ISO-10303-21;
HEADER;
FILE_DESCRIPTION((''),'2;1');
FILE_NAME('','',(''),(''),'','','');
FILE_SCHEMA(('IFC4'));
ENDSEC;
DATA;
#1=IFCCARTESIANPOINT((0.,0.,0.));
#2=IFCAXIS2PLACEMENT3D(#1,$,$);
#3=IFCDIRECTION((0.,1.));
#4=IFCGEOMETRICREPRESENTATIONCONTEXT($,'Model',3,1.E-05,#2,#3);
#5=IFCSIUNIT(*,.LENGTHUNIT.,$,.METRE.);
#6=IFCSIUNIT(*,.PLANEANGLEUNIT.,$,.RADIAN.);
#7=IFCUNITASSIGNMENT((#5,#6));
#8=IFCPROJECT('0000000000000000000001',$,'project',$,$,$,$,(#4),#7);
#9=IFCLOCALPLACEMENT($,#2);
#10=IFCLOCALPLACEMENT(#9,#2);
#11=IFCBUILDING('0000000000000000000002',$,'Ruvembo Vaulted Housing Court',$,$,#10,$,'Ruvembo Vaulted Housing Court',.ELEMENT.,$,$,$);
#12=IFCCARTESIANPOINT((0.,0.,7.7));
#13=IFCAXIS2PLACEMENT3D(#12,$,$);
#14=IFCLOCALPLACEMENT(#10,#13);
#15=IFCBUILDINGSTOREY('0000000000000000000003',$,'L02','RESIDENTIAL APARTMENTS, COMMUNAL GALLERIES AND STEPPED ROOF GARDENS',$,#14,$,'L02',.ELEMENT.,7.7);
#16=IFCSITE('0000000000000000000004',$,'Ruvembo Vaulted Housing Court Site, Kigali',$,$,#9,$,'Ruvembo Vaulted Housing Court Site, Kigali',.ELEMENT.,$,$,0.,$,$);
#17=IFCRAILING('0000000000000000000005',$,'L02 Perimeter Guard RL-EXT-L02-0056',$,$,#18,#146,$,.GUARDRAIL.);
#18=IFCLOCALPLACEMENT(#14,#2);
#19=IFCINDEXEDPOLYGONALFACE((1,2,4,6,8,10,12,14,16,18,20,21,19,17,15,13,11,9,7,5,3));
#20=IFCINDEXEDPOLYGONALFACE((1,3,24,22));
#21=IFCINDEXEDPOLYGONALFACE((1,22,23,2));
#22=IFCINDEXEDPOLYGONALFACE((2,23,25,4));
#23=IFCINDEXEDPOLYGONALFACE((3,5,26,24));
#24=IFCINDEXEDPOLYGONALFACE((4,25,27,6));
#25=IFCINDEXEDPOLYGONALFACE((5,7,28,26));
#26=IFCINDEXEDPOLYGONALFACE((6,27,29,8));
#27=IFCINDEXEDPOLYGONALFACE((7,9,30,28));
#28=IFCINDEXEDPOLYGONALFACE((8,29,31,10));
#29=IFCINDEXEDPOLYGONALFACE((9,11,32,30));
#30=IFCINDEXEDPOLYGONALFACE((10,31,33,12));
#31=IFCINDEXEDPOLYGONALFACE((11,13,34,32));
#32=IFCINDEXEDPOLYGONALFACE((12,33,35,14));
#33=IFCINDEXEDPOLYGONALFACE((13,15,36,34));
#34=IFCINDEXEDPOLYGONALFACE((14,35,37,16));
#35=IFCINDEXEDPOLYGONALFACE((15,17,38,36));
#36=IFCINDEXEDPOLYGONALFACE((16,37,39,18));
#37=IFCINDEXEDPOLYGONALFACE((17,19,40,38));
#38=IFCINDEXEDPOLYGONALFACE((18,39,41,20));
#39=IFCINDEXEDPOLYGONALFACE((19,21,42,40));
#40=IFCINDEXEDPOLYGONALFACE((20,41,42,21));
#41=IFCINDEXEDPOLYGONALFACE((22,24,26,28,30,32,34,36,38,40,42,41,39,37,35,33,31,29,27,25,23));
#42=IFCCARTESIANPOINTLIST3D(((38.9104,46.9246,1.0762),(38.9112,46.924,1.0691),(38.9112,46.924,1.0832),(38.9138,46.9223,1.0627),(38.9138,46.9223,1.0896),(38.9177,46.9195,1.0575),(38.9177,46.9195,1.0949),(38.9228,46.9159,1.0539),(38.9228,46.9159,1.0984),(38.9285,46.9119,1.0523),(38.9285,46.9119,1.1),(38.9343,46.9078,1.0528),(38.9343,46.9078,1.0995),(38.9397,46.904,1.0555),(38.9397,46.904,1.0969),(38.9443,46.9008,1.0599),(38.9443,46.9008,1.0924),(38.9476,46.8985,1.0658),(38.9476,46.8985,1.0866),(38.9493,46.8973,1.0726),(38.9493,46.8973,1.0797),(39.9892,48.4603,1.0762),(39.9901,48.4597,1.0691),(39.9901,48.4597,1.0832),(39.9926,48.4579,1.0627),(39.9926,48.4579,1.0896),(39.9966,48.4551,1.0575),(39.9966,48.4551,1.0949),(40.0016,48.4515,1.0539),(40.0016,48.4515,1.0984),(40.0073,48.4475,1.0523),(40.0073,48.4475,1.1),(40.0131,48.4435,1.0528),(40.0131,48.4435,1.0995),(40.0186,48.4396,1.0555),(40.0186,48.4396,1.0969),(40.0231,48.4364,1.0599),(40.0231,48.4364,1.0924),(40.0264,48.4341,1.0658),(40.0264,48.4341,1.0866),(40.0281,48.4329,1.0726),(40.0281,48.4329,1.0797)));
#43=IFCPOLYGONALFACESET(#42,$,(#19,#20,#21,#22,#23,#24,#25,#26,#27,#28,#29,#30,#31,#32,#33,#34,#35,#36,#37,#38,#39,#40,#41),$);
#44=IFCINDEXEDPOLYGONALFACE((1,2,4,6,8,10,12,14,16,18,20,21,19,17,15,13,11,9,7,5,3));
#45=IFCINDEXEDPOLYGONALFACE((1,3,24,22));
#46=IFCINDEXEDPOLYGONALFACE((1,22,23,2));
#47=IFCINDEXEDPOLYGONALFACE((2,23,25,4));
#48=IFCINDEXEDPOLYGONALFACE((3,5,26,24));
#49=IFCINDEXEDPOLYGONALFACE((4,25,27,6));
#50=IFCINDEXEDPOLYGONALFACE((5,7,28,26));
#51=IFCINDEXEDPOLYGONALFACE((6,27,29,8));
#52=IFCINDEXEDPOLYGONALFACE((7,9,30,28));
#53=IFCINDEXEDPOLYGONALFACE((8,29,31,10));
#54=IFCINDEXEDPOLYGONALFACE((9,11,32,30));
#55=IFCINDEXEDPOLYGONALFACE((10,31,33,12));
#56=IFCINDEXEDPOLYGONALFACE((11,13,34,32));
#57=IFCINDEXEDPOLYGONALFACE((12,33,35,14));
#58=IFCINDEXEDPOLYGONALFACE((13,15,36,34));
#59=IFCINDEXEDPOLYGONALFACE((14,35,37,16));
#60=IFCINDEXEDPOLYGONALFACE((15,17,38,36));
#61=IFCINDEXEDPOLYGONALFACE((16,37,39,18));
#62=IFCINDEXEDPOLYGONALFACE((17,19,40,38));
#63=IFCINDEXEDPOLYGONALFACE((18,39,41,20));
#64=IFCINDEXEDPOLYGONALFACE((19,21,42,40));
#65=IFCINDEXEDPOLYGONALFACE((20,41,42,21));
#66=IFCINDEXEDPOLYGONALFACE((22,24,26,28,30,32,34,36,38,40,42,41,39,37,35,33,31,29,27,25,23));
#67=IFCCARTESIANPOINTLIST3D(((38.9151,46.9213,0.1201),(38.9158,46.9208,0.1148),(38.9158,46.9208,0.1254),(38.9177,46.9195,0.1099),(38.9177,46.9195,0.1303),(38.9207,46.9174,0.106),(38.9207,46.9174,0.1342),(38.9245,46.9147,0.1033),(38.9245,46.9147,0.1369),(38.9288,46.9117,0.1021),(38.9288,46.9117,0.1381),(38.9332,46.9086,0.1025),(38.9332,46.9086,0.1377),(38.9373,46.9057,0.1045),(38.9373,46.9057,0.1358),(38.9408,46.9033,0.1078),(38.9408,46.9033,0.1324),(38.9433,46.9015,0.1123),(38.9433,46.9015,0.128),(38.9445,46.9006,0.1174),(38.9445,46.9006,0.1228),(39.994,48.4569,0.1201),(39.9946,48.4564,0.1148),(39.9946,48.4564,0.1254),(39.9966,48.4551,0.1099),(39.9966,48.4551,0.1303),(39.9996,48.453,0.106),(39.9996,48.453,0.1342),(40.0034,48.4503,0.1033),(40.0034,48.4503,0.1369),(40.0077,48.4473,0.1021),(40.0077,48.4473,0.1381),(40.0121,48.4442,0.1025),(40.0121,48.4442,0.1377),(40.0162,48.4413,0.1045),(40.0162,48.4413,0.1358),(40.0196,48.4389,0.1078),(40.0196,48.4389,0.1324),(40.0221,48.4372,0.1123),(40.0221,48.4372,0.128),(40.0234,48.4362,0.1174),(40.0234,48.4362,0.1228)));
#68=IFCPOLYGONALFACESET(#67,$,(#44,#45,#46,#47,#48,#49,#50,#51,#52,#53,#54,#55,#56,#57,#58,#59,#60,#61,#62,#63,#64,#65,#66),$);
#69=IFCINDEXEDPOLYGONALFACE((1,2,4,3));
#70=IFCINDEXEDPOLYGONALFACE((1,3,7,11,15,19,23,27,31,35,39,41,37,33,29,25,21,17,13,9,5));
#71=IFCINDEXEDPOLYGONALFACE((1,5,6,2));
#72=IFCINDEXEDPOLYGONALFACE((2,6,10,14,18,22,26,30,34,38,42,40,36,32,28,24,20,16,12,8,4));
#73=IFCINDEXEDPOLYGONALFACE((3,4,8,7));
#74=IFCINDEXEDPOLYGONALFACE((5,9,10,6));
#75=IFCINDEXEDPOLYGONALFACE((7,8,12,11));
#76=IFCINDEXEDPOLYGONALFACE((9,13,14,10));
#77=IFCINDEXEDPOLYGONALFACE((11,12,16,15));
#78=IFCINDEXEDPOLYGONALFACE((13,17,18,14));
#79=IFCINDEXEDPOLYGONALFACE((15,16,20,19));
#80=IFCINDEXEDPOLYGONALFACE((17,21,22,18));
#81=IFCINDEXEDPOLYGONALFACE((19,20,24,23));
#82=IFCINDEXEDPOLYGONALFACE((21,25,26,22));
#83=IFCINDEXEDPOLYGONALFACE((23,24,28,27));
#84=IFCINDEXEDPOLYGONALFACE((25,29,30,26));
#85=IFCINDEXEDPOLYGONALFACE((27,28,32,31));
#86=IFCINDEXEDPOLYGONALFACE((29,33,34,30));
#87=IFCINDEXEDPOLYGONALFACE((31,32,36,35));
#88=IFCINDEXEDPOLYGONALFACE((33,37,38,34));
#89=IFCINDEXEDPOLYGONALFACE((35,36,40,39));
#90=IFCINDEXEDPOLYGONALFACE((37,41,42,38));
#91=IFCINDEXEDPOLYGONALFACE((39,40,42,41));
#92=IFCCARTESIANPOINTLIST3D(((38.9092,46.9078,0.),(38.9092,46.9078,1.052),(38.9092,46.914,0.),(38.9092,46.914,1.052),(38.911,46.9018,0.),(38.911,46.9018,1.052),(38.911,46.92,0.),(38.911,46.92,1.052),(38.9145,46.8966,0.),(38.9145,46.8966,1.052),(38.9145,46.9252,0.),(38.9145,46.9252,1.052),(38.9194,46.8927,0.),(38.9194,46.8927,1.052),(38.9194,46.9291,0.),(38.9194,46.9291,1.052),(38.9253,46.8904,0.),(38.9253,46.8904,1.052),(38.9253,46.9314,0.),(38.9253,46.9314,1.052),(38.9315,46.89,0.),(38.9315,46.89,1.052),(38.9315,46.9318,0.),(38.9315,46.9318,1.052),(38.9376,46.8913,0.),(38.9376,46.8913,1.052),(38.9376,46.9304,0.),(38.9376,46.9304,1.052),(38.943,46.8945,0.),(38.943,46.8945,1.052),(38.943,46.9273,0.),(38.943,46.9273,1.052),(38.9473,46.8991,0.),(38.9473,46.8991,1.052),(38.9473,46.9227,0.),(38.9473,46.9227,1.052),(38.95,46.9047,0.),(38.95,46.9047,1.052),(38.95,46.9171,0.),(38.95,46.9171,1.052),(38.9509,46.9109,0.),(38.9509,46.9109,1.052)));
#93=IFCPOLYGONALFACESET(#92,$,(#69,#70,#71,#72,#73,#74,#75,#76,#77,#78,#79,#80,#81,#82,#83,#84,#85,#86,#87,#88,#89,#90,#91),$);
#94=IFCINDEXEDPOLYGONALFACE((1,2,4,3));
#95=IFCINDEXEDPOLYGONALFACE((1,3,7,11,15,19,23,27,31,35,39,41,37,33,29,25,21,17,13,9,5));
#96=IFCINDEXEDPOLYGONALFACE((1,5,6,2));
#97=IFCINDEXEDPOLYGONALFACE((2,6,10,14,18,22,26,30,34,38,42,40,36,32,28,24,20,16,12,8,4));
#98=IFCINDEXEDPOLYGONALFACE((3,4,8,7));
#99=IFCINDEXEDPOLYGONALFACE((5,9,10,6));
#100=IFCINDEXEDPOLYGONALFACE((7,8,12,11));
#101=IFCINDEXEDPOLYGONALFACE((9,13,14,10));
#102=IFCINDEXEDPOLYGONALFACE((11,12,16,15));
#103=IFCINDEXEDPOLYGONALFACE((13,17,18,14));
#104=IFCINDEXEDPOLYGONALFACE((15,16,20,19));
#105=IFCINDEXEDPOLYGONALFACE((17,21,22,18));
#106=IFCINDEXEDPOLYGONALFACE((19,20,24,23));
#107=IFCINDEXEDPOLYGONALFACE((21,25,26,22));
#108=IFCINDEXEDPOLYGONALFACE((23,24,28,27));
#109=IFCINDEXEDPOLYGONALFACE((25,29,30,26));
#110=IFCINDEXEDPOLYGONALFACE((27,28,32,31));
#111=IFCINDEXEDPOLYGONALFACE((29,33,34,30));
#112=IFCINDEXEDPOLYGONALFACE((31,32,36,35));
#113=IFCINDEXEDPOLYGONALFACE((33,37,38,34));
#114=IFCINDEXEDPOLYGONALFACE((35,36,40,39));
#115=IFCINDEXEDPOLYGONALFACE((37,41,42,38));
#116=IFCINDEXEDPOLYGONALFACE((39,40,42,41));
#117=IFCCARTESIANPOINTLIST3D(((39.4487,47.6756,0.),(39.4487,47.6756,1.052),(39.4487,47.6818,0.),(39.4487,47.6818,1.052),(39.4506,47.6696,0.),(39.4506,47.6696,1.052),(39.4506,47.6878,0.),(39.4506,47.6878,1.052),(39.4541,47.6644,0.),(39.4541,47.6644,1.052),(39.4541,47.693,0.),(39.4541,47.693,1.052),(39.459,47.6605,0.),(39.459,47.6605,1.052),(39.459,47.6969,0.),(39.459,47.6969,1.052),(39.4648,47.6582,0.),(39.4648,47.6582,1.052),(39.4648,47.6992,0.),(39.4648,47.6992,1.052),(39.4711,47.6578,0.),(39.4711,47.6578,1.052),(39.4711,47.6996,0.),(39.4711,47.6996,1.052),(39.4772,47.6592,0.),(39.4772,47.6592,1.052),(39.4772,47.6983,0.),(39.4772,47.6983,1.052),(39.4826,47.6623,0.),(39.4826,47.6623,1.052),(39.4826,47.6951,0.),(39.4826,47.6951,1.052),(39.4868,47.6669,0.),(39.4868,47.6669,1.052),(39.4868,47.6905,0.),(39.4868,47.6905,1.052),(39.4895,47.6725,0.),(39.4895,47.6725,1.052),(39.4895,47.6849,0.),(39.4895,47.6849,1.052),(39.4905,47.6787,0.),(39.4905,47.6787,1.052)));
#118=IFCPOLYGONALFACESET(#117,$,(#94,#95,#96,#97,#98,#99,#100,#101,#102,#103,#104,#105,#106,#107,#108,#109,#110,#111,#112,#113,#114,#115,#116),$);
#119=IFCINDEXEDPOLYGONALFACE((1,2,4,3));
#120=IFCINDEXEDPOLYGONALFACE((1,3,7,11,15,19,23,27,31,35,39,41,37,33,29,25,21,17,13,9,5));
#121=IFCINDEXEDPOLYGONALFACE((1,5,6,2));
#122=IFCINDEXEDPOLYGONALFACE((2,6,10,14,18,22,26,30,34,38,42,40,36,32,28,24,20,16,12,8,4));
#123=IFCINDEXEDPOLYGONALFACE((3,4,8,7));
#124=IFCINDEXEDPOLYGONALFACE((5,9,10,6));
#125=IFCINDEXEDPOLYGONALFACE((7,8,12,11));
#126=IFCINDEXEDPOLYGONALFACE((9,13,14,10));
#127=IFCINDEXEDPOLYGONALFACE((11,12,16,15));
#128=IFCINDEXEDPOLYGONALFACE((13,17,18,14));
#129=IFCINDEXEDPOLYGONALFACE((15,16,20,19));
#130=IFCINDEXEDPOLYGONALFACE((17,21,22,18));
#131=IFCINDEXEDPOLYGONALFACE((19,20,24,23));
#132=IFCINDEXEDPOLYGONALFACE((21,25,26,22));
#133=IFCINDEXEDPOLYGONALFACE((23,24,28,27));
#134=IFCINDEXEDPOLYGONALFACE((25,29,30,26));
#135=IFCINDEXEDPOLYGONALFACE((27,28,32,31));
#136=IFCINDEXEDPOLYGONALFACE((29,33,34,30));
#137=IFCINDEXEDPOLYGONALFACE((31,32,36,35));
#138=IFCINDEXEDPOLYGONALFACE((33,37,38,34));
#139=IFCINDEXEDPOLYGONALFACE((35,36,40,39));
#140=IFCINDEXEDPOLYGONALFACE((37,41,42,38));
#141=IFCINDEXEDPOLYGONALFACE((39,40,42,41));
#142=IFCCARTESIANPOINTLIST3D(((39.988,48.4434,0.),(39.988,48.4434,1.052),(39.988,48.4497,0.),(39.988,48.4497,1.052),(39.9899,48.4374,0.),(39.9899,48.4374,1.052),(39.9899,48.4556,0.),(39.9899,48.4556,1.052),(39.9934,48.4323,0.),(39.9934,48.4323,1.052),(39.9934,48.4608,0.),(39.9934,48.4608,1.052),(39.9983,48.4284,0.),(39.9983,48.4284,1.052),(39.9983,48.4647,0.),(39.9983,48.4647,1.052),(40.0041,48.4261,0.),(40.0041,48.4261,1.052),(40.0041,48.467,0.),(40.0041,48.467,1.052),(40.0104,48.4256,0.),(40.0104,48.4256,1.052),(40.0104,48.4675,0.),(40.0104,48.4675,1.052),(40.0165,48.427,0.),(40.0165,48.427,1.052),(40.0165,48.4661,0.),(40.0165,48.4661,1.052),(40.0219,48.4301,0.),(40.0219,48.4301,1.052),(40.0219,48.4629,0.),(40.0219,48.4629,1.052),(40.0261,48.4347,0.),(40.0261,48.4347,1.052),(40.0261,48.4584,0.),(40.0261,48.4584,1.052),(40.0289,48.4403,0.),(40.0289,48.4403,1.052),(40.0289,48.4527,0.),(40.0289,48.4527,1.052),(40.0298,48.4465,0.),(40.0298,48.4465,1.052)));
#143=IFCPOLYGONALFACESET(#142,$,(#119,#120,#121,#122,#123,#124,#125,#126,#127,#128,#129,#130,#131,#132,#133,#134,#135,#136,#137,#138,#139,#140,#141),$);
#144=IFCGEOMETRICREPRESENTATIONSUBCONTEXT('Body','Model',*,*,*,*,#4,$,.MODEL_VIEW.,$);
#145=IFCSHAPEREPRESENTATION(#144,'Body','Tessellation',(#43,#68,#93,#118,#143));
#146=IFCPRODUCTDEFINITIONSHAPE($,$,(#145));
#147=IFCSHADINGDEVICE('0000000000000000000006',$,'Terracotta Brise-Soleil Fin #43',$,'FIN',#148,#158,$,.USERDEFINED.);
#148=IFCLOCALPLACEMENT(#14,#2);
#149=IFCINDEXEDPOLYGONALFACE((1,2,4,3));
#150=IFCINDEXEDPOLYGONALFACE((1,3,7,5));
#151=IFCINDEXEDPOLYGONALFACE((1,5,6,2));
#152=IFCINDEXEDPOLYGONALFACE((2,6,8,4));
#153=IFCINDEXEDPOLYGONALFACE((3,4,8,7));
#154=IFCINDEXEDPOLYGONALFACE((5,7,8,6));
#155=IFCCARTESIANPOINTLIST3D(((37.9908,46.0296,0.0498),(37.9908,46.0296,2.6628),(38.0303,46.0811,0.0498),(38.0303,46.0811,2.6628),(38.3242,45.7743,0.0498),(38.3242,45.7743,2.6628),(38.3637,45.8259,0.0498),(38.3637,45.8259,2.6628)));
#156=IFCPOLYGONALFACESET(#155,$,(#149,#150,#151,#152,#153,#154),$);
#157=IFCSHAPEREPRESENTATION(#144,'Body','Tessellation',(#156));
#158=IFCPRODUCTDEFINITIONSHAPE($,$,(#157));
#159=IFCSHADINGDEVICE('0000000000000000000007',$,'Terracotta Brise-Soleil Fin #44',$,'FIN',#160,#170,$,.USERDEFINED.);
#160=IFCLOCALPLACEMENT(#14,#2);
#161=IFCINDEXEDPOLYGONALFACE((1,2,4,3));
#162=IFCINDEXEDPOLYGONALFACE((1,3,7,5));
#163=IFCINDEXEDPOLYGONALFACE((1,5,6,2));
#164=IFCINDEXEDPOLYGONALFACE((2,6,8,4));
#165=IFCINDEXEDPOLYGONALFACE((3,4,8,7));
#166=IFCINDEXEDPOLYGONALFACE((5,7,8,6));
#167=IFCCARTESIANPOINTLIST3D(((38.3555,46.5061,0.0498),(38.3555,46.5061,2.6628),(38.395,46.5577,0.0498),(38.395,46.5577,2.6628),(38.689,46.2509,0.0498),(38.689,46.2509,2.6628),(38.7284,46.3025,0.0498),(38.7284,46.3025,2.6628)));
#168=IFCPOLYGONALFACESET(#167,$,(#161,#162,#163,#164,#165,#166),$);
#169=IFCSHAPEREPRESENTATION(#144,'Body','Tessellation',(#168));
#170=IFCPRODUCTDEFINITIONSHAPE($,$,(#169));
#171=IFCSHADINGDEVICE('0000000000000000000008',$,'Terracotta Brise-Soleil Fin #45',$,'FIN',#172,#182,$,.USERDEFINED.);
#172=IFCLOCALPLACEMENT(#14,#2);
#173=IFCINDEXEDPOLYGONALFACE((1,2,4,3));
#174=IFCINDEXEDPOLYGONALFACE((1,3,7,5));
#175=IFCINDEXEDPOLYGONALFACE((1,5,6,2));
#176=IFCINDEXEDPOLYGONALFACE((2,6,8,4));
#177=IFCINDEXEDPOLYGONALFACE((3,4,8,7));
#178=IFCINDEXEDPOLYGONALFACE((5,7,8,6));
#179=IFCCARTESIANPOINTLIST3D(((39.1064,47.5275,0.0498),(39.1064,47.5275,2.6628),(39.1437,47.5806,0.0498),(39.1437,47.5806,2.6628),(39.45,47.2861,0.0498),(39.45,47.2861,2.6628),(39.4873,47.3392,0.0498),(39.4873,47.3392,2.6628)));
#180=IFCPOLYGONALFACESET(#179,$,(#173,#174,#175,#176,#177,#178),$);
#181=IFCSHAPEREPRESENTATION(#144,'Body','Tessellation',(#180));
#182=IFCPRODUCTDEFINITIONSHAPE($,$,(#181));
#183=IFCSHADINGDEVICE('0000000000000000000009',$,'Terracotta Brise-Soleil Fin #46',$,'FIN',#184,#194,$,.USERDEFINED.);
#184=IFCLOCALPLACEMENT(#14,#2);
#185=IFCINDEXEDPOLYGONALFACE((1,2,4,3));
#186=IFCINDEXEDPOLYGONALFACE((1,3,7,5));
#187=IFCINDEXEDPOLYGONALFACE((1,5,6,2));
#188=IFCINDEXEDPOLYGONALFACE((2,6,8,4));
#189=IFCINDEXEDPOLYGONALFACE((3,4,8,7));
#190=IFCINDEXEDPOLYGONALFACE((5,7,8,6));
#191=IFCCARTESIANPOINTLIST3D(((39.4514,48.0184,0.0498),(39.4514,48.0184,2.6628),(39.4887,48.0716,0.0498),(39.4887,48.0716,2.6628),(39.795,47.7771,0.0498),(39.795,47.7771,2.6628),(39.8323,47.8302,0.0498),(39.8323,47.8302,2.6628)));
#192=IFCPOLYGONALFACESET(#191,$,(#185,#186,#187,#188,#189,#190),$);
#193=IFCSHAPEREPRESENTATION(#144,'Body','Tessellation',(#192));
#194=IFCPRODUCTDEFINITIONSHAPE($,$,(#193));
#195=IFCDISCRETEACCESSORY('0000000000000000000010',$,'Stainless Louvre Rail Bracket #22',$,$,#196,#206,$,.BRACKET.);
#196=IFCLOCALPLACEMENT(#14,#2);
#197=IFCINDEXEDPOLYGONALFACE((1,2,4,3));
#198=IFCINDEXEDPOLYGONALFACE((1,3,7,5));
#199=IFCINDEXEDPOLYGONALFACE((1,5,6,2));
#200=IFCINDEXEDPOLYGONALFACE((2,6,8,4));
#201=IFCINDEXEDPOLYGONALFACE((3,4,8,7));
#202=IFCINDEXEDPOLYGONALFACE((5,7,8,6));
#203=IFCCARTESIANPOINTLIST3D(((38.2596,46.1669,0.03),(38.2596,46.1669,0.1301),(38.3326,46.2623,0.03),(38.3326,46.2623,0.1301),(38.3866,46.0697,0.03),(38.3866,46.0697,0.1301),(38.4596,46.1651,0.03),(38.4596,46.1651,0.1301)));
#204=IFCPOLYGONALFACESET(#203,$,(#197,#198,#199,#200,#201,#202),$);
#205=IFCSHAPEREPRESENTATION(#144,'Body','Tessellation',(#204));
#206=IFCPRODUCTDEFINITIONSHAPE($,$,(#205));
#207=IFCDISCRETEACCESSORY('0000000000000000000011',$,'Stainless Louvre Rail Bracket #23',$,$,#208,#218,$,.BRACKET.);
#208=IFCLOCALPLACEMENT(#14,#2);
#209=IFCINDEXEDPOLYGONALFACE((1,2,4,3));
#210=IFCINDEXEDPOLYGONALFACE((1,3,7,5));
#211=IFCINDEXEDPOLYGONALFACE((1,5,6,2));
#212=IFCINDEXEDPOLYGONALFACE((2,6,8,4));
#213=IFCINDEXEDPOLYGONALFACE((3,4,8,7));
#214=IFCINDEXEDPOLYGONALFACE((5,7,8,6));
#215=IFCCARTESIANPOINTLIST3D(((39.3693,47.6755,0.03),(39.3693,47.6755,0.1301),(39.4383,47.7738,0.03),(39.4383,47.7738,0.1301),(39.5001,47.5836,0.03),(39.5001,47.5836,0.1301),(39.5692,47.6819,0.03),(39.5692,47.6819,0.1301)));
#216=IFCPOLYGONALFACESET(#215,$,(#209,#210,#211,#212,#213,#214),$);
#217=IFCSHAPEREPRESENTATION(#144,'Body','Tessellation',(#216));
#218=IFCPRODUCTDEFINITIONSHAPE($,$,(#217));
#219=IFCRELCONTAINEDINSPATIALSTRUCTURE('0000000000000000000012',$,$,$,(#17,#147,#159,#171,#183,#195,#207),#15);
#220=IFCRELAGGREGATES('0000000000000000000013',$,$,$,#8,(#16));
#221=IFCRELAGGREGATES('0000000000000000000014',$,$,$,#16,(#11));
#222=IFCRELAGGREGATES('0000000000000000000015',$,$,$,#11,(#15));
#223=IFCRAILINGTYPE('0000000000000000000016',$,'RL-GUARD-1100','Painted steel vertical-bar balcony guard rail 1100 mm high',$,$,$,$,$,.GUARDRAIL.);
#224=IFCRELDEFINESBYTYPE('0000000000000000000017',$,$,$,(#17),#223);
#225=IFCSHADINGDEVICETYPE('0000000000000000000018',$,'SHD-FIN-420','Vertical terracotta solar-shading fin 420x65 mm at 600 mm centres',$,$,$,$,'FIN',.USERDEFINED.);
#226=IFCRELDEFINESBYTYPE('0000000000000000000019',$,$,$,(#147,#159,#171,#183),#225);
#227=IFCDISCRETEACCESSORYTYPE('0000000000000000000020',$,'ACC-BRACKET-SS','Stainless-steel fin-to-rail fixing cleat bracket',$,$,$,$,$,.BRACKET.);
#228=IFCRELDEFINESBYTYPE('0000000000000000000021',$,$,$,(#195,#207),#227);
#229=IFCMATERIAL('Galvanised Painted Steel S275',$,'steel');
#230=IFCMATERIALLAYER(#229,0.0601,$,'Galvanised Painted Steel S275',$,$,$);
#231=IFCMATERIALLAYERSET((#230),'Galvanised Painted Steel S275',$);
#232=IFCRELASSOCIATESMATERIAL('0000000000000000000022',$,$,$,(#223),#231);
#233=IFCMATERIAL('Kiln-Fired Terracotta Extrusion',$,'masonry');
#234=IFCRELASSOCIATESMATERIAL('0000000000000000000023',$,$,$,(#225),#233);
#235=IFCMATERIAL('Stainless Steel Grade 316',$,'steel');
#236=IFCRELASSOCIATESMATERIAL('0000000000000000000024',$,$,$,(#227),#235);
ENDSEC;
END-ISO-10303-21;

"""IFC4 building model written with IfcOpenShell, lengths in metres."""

from ifc_helpers import new_model, si_unit, direction, frame, origin, origin_2d, place, context, subcontext, project, spatial, rectangle, circle, extrude, material, layer, layer_set, type_object, element, save


model = new_model("IFC4")

# Units and contexts
model_context = context("Model", 3, precision=1e-05, world=origin(), true_north=direction((0.0, 1.0)))
body_context = subcontext(model_context, "Body", "Model", "MODEL_VIEW")
ifc_project = project(units=[si_unit("LENGTHUNIT", "METRE"), si_unit("PLANEANGLEUNIT", "RADIAN")], contexts=[model_context])

# Site, building, storey
site_placement = place(None, origin())
site = spatial("IfcSite", under=ifc_project, at=site_placement, Name="Ruvembo Vaulted Housing Court Site, Kigali", LongName="Ruvembo Vaulted Housing Court Site, Kigali", CompositionType="ELEMENT", RefElevation=0.0)
building_placement = place(site_placement, origin())
building = spatial("IfcBuilding", under=site, at=building_placement, Name="Ruvembo Vaulted Housing Court", LongName="Ruvembo Vaulted Housing Court", CompositionType="ELEMENT")
storey_placement = place(building_placement, frame((0.0, 0.0, 7.7)))
storey = spatial("IfcBuildingStorey", under=building, at=storey_placement, Name="L02", Description="RESIDENTIAL APARTMENTS, COMMUNAL GALLERIES AND STEPPED ROOF GARDENS", LongName="L02", CompositionType="ELEMENT", Elevation=7.7)

# Railing
ifc_material_1 = material(Name="Galvanised Painted Steel S275", Category="steel")
ifc_layer_1 = layer(ifc_material_1, 0.0601, Name="Galvanised Painted Steel S275")
ifc_layer_set_1 = layer_set([ifc_layer_1], Name="Galvanised Painted Steel S275")
railing_type = type_object("IfcRailingType", Name="RL-GUARD-1100", Description="Painted steel vertical-bar balcony guard rail 1100 mm high", PredefinedType="GUARDRAIL", material=ifc_layer_set_1)
railing_1_placement = place(storey_placement, frame((38.9299, 46.9109, 0.0)))
element("IfcRailing", 1, at=railing_1_placement, inside=storey, type_object=railing_type, Name="L02 Perimeter Guard RL-EXT-L02-0056", PredefinedType="GUARDRAIL", context=body_context, shape_type="SweptSolid", body=[
    extrude(circle(Radius=0.0239, at=origin_2d()), frame((0.0, 0.0, 1.0762), z_axis=(0.574858, 0.818253, 0.0), x_axis=(-0.818253, 0.574858, 0.0)), (0.0, 0.0, 1.0), 1.8767),
    extrude(circle(Radius=0.0181, at=origin_2d()), frame((0.0, 0.0, 0.1201), z_axis=(0.574858, 0.818253, 0.0), x_axis=(-0.818253, 0.574858, 0.0)), (0.0, 0.0, 1.0), 1.8767),
    extrude(circle(Radius=0.021, at=origin_2d()), origin(), (0.0, 0.0, 1.0), 1.052),
    extrude(circle(Radius=0.021, at=origin_2d()), frame((0.5396, 0.7678, 0.0)), (0.0, 0.0, 1.0), 1.052),
    extrude(circle(Radius=0.021, at=origin_2d()), frame((1.0789, 1.5356, 0.0)), (0.0, 0.0, 1.0), 1.052),
])

# Shading devices
ifc_material_2 = material(Name="Kiln-Fired Terracotta Extrusion", Category="masonry")
shading_device_type = type_object("IfcShadingDeviceType", Name="SHD-FIN-420", Description="Vertical terracotta solar-shading fin 420x65 mm at 600 mm centres", ElementType="FIN", PredefinedType="USERDEFINED", material=ifc_material_2)
for number, where, z_axis, x_axis, name in (
    (2, (38.1772, 45.9277, 0.0498), (0.0, 0.0, 1.0), (0.794043, -0.607861, 0.0), "Terracotta Brise-Soleil Fin #43"),
    (3, (38.542, 46.4043, 0.0498), (0.0, 0.0, 1.0), (0.794043, -0.607861, 0.0), "Terracotta Brise-Soleil Fin #44"),
    (4, (39.2969, 47.4333, 0.0498), (0.0, 0.0, 1.0), (0.81828, -0.57482, 0.0), "Terracotta Brise-Soleil Fin #45"),
    (5, (39.6418, 47.9243, 0.0498), (0.0, 0.0, 1.0), (0.81828, -0.57482, 0.0), "Terracotta Brise-Soleil Fin #46"),
):
    element("IfcShadingDevice", number, at=place(storey_placement, frame(where, z_axis=z_axis, x_axis=x_axis)), inside=storey, type_object=shading_device_type, Name=name, ObjectType="FIN", PredefinedType="USERDEFINED", context=body_context, shape_type="SweptSolid", body=[
        extrude(rectangle(XDim=0.4199, YDim=0.0649, at=origin_2d()), origin(), (0.0, 0.0, 1.0), 2.613),
    ])

# Discrete accessories
ifc_material_3 = material(Name="Stainless Steel Grade 316", Category="steel")
discrete_accessory_type = type_object("IfcDiscreteAccessoryType", Name="ACC-BRACKET-SS", Description="Stainless-steel fin-to-rail fixing cleat bracket", PredefinedType="BRACKET", material=ifc_material_3)
for number, where, z_axis, x_axis, name in (
    (6, (38.3596, 46.166, 0.03), (0.0, 0.0, 1.0), (0.794043, -0.607861, 0.0), "Stainless Louvre Rail Bracket #22"),
    (7, (39.4692, 47.6787, 0.03), (0.0, 0.0, 1.0), (0.81828, -0.57482, 0.0), "Stainless Louvre Rail Bracket #23"),
):
    element("IfcDiscreteAccessory", number, at=place(storey_placement, frame(where, z_axis=z_axis, x_axis=x_axis)), inside=storey, type_object=discrete_accessory_type, Name=name, PredefinedType="BRACKET", context=body_context, shape_type="SweptSolid", body=[
        extrude(rectangle(XDim=0.1599, YDim=0.1201, at=origin_2d()), origin(), (0.0, 0.0, 1.0), 0.1001),
    ])

save(model, "model.ifc")
